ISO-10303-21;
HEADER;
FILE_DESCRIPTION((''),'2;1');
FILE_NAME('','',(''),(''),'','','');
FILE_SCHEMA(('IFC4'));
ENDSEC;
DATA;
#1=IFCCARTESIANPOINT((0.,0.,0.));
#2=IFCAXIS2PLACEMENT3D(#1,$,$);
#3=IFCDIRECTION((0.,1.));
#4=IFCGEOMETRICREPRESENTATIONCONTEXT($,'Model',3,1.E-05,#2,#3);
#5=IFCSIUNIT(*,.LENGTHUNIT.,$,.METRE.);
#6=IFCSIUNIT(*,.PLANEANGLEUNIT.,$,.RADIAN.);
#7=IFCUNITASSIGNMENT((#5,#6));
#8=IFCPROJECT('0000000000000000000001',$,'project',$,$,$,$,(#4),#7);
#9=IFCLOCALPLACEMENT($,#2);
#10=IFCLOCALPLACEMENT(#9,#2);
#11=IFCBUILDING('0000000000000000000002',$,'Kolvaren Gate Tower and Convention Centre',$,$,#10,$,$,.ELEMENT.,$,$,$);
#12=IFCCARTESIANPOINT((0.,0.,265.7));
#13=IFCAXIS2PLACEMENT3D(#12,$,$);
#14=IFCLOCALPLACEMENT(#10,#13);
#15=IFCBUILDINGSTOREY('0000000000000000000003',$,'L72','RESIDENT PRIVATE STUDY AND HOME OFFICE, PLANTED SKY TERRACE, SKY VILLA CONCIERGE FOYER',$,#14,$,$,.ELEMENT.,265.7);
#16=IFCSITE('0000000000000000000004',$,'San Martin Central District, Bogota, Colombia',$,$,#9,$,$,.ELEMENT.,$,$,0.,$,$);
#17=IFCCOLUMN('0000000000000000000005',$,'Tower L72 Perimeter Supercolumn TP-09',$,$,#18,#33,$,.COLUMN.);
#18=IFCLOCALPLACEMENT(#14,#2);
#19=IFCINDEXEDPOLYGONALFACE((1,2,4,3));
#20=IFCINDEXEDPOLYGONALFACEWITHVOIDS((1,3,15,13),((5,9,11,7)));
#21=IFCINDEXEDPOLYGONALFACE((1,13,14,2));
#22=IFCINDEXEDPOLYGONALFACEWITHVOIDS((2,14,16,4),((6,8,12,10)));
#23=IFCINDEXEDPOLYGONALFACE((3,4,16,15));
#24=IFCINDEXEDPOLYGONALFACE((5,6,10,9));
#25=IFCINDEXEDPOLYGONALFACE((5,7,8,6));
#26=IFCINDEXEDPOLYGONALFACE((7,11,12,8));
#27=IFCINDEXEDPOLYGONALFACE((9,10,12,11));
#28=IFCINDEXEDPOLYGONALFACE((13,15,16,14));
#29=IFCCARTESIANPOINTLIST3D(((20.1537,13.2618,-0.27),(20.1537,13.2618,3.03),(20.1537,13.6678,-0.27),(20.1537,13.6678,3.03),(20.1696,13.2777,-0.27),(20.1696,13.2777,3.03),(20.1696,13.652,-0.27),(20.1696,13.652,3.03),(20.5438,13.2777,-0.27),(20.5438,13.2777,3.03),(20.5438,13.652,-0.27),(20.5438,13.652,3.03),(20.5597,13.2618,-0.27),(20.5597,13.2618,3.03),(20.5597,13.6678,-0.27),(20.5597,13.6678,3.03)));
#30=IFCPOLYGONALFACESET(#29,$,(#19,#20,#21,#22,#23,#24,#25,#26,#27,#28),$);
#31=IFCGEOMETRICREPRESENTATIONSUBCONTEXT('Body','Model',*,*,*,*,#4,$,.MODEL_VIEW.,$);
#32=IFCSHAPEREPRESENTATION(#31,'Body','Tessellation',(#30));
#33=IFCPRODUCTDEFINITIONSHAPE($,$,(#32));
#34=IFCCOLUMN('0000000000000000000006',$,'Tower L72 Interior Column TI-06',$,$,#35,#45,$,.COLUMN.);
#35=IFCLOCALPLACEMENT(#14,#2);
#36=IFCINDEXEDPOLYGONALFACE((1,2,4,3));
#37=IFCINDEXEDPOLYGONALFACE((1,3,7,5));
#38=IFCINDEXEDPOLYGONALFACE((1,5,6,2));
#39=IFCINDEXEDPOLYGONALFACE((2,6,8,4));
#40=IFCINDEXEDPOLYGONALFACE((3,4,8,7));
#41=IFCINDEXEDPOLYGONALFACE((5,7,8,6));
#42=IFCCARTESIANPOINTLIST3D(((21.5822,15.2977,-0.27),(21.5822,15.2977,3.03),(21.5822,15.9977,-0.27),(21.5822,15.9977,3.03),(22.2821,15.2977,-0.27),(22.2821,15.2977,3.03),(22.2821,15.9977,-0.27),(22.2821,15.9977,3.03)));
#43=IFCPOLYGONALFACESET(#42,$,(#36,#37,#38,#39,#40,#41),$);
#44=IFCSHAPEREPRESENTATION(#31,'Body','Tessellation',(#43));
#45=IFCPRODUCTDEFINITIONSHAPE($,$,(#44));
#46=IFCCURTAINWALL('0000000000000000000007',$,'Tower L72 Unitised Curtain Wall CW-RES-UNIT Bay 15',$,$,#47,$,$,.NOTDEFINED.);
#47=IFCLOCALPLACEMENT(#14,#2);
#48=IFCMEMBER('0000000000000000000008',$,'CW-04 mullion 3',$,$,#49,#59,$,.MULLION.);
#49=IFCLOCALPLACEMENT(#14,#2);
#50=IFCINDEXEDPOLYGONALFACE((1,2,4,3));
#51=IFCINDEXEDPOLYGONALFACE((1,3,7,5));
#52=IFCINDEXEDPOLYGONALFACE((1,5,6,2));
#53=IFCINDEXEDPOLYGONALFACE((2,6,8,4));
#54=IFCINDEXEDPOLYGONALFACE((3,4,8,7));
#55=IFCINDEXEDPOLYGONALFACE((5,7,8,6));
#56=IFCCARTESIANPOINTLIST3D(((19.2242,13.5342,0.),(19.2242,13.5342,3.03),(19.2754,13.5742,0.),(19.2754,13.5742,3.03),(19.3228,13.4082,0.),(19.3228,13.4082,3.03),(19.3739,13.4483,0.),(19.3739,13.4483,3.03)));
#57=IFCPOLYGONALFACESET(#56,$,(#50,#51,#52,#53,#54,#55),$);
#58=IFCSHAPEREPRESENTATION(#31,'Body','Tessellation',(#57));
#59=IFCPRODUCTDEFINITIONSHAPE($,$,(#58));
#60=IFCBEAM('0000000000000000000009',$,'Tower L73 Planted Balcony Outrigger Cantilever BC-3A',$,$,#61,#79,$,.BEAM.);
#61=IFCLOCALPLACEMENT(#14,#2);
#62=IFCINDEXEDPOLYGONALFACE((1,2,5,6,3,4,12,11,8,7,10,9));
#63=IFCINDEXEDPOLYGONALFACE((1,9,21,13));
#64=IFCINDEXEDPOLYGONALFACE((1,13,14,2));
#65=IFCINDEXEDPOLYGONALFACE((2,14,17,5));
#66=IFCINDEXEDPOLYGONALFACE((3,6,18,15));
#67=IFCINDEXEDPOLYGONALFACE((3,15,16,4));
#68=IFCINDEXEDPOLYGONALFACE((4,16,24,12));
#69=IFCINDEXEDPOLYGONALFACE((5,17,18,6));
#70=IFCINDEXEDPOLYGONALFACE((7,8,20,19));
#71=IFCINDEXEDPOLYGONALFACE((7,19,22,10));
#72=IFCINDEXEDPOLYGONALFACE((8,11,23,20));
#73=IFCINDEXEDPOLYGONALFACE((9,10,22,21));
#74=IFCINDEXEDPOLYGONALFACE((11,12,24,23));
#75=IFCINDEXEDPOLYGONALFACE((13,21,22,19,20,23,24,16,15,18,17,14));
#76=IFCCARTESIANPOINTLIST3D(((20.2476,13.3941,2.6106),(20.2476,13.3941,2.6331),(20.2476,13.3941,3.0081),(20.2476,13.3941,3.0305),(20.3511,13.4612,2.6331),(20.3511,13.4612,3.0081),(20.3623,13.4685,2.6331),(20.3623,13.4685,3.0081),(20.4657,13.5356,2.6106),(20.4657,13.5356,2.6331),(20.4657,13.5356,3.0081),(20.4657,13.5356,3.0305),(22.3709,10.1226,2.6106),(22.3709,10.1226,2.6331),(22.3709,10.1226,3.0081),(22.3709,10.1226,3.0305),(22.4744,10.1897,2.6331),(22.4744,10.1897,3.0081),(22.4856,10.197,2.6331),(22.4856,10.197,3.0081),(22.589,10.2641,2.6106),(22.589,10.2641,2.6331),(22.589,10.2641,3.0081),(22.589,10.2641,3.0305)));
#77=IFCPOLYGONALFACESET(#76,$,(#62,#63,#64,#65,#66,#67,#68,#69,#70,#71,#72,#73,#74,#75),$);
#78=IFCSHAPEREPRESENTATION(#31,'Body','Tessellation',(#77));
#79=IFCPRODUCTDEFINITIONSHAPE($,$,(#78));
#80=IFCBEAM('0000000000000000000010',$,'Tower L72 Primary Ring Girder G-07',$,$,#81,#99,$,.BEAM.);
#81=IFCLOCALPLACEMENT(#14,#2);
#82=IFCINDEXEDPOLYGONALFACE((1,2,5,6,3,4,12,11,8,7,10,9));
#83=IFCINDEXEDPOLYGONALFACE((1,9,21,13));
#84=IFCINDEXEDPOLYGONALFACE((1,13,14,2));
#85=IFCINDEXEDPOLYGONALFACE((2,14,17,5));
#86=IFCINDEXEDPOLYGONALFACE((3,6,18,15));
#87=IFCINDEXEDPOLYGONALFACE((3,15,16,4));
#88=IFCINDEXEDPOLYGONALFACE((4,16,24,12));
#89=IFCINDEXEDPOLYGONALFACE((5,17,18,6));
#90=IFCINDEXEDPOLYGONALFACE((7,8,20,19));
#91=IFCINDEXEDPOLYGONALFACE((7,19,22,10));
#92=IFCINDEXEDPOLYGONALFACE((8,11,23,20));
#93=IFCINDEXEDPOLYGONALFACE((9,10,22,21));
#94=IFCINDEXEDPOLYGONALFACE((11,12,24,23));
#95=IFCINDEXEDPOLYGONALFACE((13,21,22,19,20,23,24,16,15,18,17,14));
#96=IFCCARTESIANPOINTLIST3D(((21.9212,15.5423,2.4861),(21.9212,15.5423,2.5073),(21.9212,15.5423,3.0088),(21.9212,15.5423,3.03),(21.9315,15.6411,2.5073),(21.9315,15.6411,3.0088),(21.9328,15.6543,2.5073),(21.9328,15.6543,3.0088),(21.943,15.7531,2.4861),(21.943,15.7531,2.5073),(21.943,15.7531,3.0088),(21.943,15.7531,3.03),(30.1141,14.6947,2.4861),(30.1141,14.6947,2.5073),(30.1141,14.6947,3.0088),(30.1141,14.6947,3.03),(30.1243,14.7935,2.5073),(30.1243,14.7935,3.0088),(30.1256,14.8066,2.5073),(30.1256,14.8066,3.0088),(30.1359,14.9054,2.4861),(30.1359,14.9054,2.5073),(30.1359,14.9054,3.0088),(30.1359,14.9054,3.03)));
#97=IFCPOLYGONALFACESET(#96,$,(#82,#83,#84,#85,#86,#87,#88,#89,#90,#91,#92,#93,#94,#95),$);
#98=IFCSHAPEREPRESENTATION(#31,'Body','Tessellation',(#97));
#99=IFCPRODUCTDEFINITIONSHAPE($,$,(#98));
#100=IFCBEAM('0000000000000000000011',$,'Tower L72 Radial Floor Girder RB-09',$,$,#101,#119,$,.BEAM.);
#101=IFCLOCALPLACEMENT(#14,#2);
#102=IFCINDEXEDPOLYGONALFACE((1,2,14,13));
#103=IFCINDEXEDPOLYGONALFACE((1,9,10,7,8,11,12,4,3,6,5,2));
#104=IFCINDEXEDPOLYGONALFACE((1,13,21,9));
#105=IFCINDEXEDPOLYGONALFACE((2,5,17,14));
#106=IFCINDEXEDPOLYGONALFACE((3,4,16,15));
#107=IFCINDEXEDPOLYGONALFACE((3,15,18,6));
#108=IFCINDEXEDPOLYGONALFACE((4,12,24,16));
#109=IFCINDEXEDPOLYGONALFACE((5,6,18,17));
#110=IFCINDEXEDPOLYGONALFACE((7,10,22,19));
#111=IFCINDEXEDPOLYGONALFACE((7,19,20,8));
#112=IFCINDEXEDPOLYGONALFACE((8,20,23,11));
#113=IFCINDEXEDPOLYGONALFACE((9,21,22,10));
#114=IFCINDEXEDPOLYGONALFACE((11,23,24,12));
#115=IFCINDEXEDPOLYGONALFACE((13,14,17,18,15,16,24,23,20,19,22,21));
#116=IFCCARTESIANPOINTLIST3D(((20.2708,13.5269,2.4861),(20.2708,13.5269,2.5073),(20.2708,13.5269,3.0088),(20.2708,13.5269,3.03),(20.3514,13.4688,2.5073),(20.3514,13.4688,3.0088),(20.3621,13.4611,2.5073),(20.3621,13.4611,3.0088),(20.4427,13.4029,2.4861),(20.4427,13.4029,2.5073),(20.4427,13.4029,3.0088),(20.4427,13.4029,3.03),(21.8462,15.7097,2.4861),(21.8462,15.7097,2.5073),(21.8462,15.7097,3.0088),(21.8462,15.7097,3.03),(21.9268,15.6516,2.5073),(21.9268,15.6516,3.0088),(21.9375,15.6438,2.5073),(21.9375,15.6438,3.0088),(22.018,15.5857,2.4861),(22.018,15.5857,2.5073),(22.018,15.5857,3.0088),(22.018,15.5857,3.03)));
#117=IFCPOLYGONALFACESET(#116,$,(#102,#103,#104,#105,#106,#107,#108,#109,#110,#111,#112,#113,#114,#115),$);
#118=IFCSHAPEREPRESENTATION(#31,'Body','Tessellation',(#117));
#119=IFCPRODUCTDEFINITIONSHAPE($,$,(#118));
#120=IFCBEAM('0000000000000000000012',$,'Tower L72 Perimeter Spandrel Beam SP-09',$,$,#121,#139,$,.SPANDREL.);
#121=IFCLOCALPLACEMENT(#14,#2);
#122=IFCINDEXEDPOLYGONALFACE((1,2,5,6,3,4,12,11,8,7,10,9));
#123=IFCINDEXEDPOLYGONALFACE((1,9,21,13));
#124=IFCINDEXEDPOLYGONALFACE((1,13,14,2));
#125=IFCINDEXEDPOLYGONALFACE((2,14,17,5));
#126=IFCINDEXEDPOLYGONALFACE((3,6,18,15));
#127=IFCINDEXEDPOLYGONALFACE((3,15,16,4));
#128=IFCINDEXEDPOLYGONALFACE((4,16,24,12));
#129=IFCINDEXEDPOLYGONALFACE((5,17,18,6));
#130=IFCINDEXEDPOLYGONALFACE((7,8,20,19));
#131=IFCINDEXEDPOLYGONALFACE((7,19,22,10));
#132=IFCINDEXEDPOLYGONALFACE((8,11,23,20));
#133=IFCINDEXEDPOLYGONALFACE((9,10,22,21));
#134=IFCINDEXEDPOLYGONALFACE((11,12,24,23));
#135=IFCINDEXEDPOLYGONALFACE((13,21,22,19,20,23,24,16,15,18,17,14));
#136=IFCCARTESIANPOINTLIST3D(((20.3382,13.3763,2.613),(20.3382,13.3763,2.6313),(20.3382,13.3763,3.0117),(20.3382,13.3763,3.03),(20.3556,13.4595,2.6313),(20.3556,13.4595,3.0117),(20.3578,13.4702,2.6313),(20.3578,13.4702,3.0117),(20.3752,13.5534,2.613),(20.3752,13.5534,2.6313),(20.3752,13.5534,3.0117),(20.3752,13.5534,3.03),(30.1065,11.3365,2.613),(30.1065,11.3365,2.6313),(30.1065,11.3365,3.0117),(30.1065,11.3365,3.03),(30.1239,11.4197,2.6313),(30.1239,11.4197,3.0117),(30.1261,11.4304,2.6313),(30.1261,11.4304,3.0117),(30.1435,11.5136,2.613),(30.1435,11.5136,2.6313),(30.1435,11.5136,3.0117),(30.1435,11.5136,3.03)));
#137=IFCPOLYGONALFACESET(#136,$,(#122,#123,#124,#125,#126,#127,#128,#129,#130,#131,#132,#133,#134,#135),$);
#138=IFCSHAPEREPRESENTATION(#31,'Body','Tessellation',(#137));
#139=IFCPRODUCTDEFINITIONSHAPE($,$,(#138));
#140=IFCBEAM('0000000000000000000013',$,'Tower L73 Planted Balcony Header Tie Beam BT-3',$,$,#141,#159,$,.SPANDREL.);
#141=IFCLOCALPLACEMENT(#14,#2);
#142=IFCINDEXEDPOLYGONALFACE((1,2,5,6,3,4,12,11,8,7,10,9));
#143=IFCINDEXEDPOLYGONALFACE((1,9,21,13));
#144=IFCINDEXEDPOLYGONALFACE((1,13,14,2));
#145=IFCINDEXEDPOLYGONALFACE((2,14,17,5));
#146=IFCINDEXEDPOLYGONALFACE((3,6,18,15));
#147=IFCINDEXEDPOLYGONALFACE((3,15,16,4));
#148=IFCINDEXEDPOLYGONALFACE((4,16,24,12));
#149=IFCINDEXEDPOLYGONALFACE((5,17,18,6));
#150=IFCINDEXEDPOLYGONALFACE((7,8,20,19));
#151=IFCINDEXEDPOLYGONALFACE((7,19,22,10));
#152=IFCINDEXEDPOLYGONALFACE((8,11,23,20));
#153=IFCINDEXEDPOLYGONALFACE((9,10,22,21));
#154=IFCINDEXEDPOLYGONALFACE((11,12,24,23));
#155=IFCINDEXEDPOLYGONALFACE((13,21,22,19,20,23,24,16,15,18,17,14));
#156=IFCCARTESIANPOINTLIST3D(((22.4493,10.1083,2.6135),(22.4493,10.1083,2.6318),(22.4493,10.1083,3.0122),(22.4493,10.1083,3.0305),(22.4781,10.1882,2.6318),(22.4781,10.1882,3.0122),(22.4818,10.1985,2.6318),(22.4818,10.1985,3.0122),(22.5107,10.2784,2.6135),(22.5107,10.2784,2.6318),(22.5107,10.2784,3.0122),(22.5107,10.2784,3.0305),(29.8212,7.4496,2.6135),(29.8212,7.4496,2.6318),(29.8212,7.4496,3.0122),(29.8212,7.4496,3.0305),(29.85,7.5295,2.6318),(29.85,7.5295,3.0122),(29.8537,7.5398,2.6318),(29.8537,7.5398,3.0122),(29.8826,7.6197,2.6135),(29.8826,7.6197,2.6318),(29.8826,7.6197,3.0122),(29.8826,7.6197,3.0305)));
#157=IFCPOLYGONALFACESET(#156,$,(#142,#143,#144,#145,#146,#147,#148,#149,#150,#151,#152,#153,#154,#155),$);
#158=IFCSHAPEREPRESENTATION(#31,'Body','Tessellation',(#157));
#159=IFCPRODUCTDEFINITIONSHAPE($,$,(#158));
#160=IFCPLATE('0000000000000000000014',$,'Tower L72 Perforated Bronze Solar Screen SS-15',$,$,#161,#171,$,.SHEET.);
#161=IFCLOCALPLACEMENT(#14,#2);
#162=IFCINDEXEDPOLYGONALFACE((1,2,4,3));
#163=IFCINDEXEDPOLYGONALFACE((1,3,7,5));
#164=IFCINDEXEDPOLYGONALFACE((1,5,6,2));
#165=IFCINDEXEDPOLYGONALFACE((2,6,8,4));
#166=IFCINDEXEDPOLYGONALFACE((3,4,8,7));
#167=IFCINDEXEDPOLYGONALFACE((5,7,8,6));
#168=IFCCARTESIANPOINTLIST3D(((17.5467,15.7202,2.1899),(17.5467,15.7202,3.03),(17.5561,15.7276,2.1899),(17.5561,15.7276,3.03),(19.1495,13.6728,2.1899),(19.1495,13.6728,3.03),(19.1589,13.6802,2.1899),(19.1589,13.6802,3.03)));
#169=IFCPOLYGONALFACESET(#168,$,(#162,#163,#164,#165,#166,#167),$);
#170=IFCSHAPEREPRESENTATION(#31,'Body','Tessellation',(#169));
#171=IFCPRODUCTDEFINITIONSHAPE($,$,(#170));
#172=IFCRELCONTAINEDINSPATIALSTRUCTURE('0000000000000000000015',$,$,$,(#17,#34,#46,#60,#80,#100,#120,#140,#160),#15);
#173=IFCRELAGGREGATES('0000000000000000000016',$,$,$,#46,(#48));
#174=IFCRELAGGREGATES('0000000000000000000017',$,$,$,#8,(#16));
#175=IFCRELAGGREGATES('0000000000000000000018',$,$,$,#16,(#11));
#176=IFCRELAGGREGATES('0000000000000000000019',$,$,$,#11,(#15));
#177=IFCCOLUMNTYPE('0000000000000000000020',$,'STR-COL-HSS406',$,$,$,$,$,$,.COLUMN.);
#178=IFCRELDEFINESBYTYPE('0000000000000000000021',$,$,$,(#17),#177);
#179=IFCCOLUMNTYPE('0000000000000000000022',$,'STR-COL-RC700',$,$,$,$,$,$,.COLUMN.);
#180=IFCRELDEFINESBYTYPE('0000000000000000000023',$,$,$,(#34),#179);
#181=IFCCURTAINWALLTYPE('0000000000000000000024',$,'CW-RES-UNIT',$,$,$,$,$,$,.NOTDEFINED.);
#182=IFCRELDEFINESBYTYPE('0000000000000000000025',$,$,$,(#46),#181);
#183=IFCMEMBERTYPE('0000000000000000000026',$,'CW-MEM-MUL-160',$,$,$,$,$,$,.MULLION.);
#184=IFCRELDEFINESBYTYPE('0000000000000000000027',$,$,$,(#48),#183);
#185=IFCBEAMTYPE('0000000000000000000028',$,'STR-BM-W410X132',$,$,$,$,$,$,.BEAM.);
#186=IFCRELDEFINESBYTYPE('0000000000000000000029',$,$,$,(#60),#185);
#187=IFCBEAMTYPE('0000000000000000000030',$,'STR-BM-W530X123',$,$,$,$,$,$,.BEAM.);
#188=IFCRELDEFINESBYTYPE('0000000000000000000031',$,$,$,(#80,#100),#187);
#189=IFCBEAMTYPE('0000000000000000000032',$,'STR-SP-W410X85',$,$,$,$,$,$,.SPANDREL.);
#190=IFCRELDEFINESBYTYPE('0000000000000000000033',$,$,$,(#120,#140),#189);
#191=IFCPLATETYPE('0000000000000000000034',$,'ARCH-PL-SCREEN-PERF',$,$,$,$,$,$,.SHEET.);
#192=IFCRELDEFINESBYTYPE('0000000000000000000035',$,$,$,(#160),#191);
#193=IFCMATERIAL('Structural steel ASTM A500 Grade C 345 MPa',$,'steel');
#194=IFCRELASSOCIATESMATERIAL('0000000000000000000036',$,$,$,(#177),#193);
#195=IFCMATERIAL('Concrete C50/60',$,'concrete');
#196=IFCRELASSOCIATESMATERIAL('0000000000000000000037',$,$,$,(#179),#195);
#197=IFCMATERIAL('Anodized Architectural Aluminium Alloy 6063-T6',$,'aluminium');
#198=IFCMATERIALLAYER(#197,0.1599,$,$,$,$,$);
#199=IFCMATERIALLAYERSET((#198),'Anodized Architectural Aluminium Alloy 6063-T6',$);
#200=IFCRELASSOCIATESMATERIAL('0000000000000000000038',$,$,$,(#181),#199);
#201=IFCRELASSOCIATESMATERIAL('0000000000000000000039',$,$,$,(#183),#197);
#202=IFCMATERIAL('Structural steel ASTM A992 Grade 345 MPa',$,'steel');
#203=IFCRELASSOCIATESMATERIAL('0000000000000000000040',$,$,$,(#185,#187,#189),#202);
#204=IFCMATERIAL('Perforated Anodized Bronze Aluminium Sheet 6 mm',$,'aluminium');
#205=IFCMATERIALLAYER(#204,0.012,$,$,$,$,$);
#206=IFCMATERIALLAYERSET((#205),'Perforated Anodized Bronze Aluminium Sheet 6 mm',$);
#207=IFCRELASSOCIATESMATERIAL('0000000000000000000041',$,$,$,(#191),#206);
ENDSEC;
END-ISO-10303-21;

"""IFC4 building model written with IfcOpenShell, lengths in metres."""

from ifc_helpers import new_model, si_unit, direction, frame, origin, origin_2d, place, context, subcontext, project, spatial, rectangle, hollow_rectangle, i_section, extrude, material, layer, layer_set, material_profile, profile_set, type_object, element, aggregate, save


model = new_model("IFC4")

# Units and contexts
model_context = context("Model", 3, precision=1e-05, world=origin(), true_north=direction((0.0, 1.0)))
body_context = subcontext(model_context, "Body", "Model", "MODEL_VIEW")
ifc_project = project(units=[si_unit("LENGTHUNIT", "METRE"), si_unit("PLANEANGLEUNIT", "RADIAN")], contexts=[model_context])

# Site, building, storey
site_placement = place(None, origin())
site = spatial("IfcSite", under=ifc_project, at=site_placement, Name="San Martin Central District, Bogota, Colombia", CompositionType="ELEMENT", RefElevation=0.0)
building_placement = place(site_placement, origin())
building = spatial("IfcBuilding", under=site, at=building_placement, Name="Kolvaren Gate Tower and Convention Centre", CompositionType="ELEMENT")
storey_placement = place(building_placement, frame((0.0, 0.0, 265.7)))
storey = spatial("IfcBuildingStorey", under=building, at=storey_placement, Name="L72", Description="RESIDENT PRIVATE STUDY AND HOME OFFICE, PLANTED SKY TERRACE, SKY VILLA CONCIERGE FOYER", CompositionType="ELEMENT", Elevation=265.7)

# Columns
ifc_material_1 = material(Name="Structural steel ASTM A500 Grade C 345 MPa", Category="steel")
ifc_material_profile_1 = material_profile(ifc_material_1, hollow_rectangle(XDim=0.406, YDim=0.406, WallThickness=0.0159, at=origin_2d()), Name="HSS406X406X15.9")
ifc_profile_set_1 = profile_set([ifc_material_profile_1], Name="Structural steel ASTM A500 Grade C 345 MPa")
column_type_1 = type_object("IfcColumnType", Name="STR-COL-HSS406", PredefinedType="COLUMN", material=ifc_profile_set_1)
column_1_placement = place(storey_placement, frame((20.3567, 13.4648, -0.27), z_axis=(0.0, 0.0, 1.0), x_axis=(1.0, 0.0, 0.0)))
element("IfcColumn", 1, at=column_1_placement, inside=storey, type_object=column_type_1, Name="Tower L72 Perimeter Supercolumn TP-09", PredefinedType="COLUMN", context=body_context, shape_type="SweptSolid", body=[
    extrude(hollow_rectangle(XDim=0.406, YDim=0.406, WallThickness=0.0159, at=origin_2d()), origin(), (0.0, 0.0, 1.0), 3.3),
])
ifc_material_2 = material(Name="Concrete C50/60", Category="concrete")
ifc_material_profile_2 = material_profile(ifc_material_2, rectangle(XDim=0.7, YDim=0.7, at=origin_2d()), Name="RC-COL-700X700")
ifc_profile_set_2 = profile_set([ifc_material_profile_2], Name="Concrete C50/60")
column_type_2 = type_object("IfcColumnType", Name="STR-COL-RC700", PredefinedType="COLUMN", material=ifc_profile_set_2)
column_2_placement = place(storey_placement, frame((21.9321, 15.6477, -0.27), z_axis=(0.0, 0.0, 1.0), x_axis=(1.0, 0.0, 0.0)))
element("IfcColumn", 2, at=column_2_placement, inside=storey, type_object=column_type_2, Name="Tower L72 Interior Column TI-06", PredefinedType="COLUMN", context=body_context, shape_type="SweptSolid", body=[
    extrude(rectangle(XDim=0.7, YDim=0.7, at=origin_2d()), origin(), (0.0, 0.0, 1.0), 3.3),
])

# Curtain wall, member
ifc_material_3 = material(Name="Anodized Architectural Aluminium Alloy 6063-T6", Category="aluminium")
ifc_layer_1 = layer(ifc_material_3, 0.1599)
ifc_layer_set_1 = layer_set([ifc_layer_1], Name="Anodized Architectural Aluminium Alloy 6063-T6")
curtain_wall_type = type_object("IfcCurtainWallType", Name="CW-RES-UNIT", PredefinedType="NOTDEFINED", material=ifc_layer_set_1)
curtain_wall_placement = place(storey_placement, origin())
curtain_wall = element("IfcCurtainWall", 3, at=curtain_wall_placement, inside=storey, type_object=curtain_wall_type, Name="Tower L72 Unitised Curtain Wall CW-RES-UNIT Bay 15", PredefinedType="NOTDEFINED")
ifc_material_profile_3 = material_profile(ifc_material_3, rectangle(XDim=0.0649, YDim=0.1599, at=origin_2d()), Name="CW-MEM-MUL-160")
ifc_profile_set_3 = profile_set([ifc_material_profile_3], Name="Anodized Architectural Aluminium Alloy 6063-T6")
member_type = type_object("IfcMemberType", Name="CW-MEM-MUL-160", PredefinedType="MULLION", material=ifc_profile_set_3)
member_placement = place(storey_placement, frame((19.2991, 13.4912, 0.0), z_axis=(0.0, 0.0, 1.0), x_axis=(0.787413, 0.616426, 0.0)))
member = element("IfcMember", 4, at=member_placement, type_object=member_type, Name="CW-04 mullion 3", PredefinedType="MULLION", context=body_context, shape_type="SweptSolid", body=[
    extrude(rectangle(XDim=0.0649, YDim=0.1599, at=origin_2d()), origin(), (0.0, 0.0, 1.0), 3.03),
])

# Beams
ifc_material_4 = material(Name="Structural steel ASTM A992 Grade 345 MPa", Category="steel")
ifc_material_profile_4 = material_profile(ifc_material_4, i_section(OverallWidth=0.26, OverallDepth=0.4199, WebThickness=0.0134, FlangeThickness=0.0225, at=origin_2d()), Name="W410X132")
ifc_profile_set_4 = profile_set([ifc_material_profile_4], Name="Structural steel ASTM A992 Grade 345 MPa")
beam_type_1 = type_object("IfcBeamType", Name="STR-BM-W410X132", PredefinedType="BEAM", material=ifc_profile_set_4)
beam_1_placement = place(storey_placement, frame((20.3567, 13.4648, 2.8206), z_axis=(0.544416, -0.838815, 0.0), x_axis=(0.838815, 0.544416, 0.0)))
element("IfcBeam", 5, at=beam_1_placement, inside=storey, type_object=beam_type_1, Name="Tower L73 Planted Balcony Outrigger Cantilever BC-3A", PredefinedType="BEAM", context=body_context, shape_type="SweptSolid", body=[
    extrude(i_section(OverallWidth=0.26, OverallDepth=0.4199, WebThickness=0.0134, FlangeThickness=0.0225, at=origin_2d()), origin(), (0.0, 0.0, 1.0), 3.9001),
])
ifc_material_profile_5 = material_profile(ifc_material_4, i_section(OverallWidth=0.2119, OverallDepth=0.5439, WebThickness=0.0132, FlangeThickness=0.0212, at=origin_2d()), Name="W530X123")
ifc_profile_set_5 = profile_set([ifc_material_profile_5], Name="Structural steel ASTM A992 Grade 345 MPa")
beam_type_2 = type_object("IfcBeamType", Name="STR-BM-W530X123", PredefinedType="BEAM", material=ifc_profile_set_5)
beam_2_placement = place(storey_placement, frame((21.9321, 15.6477, 2.7581), z_axis=(0.99469, -0.102913, 0.0), x_axis=(0.102913, 0.99469, 0.0)))
element("IfcBeam", 6, at=beam_2_placement, inside=storey, type_object=beam_type_2, Name="Tower L72 Primary Ring Girder G-07", PredefinedType="BEAM", context=body_context, shape_type="SweptSolid", body=[
    extrude(i_section(OverallWidth=0.2119, OverallDepth=0.5439, WebThickness=0.0132, FlangeThickness=0.0212, at=origin_2d()), origin(), (0.0, 0.0, 1.0), 8.2366),
])
beam_3_placement = place(storey_placement, frame((21.9321, 15.6477, 2.7581), z_axis=(-0.585229, -0.810868, 0.0), x_axis=(0.810868, -0.585229, 0.0)))
element("IfcBeam", 7, at=beam_3_placement, inside=storey, type_object=beam_type_2, Name="Tower L72 Radial Floor Girder RB-09", PredefinedType="BEAM", context=body_context, shape_type="SweptSolid", body=[
    extrude(i_section(OverallWidth=0.2119, OverallDepth=0.5439, WebThickness=0.0132, FlangeThickness=0.0212, at=origin_2d()), origin(), (0.0, 0.0, 1.0), 2.6919),
])
ifc_material_profile_6 = material_profile(ifc_material_4, i_section(OverallWidth=0.1809, OverallDepth=0.417, WebThickness=0.011, FlangeThickness=0.0183, at=origin_2d()), Name="W410X85")
ifc_profile_set_6 = profile_set([ifc_material_profile_6], Name="Structural steel ASTM A992 Grade 345 MPa")
beam_type_3 = type_object("IfcBeamType", Name="STR-SP-W410X85", PredefinedType="SPANDREL", material=ifc_profile_set_6)
beam_4_placement = place(storey_placement, frame((20.3567, 13.4648, 2.8215), z_axis=(0.978886, -0.204409, 0.0), x_axis=(0.204409, 0.978886, 0.0)))
element("IfcBeam", 8, at=beam_4_placement, inside=storey, type_object=beam_type_3, Name="Tower L72 Perimeter Spandrel Beam SP-09", PredefinedType="SPANDREL", context=body_context, shape_type="SweptSolid", body=[
    extrude(i_section(OverallWidth=0.1809, OverallDepth=0.417, WebThickness=0.011, FlangeThickness=0.0183, at=origin_2d()), origin(), (0.0, 0.0, 1.0), 9.979),
])
beam_5_placement = place(storey_placement, frame((22.48, 10.1934, 2.822), z_axis=(0.940691, -0.339265, 0.0), x_axis=(0.339265, 0.940691, 0.0)))
element("IfcBeam", 9, at=beam_5_placement, inside=storey, type_object=beam_type_3, Name="Tower L73 Planted Balcony Header Tie Beam BT-3", PredefinedType="SPANDREL", context=body_context, shape_type="SweptSolid", body=[
    extrude(i_section(OverallWidth=0.1809, OverallDepth=0.417, WebThickness=0.011, FlangeThickness=0.0183, at=origin_2d()), origin(), (0.0, 0.0, 1.0), 7.8367),
])

# Plate
ifc_material_5 = material(Name="Perforated Anodized Bronze Aluminium Sheet 6 mm", Category="aluminium")
ifc_layer_2 = layer(ifc_material_5, 0.012)
ifc_layer_set_2 = layer_set([ifc_layer_2], Name="Perforated Anodized Bronze Aluminium Sheet 6 mm")
plate_type_1 = type_object("IfcPlateType", Name="ARCH-PL-SCREEN-PERF", PredefinedType="SHEET", material=ifc_layer_set_2)
plate_1_placement = place(storey_placement, frame((18.3528, 14.7002, 2.1899), z_axis=(0.0, 0.0, 1.0), x_axis=(0.61643, -0.78741, 0.0)))
element("IfcPlate", 10, at=plate_1_placement, inside=storey, type_object=plate_type_1, Name="Tower L72 Perforated Bronze Solar Screen SS-15", PredefinedType="SHEET", context=body_context, shape_type="SweptSolid", body=[
    extrude(rectangle(XDim=2.6001, YDim=0.012, at=origin_2d()), origin(), (0.0, 0.0, 1.0), 0.8401),
])
aggregate(curtain_wall, [member])

save(model, "model.ifc")
